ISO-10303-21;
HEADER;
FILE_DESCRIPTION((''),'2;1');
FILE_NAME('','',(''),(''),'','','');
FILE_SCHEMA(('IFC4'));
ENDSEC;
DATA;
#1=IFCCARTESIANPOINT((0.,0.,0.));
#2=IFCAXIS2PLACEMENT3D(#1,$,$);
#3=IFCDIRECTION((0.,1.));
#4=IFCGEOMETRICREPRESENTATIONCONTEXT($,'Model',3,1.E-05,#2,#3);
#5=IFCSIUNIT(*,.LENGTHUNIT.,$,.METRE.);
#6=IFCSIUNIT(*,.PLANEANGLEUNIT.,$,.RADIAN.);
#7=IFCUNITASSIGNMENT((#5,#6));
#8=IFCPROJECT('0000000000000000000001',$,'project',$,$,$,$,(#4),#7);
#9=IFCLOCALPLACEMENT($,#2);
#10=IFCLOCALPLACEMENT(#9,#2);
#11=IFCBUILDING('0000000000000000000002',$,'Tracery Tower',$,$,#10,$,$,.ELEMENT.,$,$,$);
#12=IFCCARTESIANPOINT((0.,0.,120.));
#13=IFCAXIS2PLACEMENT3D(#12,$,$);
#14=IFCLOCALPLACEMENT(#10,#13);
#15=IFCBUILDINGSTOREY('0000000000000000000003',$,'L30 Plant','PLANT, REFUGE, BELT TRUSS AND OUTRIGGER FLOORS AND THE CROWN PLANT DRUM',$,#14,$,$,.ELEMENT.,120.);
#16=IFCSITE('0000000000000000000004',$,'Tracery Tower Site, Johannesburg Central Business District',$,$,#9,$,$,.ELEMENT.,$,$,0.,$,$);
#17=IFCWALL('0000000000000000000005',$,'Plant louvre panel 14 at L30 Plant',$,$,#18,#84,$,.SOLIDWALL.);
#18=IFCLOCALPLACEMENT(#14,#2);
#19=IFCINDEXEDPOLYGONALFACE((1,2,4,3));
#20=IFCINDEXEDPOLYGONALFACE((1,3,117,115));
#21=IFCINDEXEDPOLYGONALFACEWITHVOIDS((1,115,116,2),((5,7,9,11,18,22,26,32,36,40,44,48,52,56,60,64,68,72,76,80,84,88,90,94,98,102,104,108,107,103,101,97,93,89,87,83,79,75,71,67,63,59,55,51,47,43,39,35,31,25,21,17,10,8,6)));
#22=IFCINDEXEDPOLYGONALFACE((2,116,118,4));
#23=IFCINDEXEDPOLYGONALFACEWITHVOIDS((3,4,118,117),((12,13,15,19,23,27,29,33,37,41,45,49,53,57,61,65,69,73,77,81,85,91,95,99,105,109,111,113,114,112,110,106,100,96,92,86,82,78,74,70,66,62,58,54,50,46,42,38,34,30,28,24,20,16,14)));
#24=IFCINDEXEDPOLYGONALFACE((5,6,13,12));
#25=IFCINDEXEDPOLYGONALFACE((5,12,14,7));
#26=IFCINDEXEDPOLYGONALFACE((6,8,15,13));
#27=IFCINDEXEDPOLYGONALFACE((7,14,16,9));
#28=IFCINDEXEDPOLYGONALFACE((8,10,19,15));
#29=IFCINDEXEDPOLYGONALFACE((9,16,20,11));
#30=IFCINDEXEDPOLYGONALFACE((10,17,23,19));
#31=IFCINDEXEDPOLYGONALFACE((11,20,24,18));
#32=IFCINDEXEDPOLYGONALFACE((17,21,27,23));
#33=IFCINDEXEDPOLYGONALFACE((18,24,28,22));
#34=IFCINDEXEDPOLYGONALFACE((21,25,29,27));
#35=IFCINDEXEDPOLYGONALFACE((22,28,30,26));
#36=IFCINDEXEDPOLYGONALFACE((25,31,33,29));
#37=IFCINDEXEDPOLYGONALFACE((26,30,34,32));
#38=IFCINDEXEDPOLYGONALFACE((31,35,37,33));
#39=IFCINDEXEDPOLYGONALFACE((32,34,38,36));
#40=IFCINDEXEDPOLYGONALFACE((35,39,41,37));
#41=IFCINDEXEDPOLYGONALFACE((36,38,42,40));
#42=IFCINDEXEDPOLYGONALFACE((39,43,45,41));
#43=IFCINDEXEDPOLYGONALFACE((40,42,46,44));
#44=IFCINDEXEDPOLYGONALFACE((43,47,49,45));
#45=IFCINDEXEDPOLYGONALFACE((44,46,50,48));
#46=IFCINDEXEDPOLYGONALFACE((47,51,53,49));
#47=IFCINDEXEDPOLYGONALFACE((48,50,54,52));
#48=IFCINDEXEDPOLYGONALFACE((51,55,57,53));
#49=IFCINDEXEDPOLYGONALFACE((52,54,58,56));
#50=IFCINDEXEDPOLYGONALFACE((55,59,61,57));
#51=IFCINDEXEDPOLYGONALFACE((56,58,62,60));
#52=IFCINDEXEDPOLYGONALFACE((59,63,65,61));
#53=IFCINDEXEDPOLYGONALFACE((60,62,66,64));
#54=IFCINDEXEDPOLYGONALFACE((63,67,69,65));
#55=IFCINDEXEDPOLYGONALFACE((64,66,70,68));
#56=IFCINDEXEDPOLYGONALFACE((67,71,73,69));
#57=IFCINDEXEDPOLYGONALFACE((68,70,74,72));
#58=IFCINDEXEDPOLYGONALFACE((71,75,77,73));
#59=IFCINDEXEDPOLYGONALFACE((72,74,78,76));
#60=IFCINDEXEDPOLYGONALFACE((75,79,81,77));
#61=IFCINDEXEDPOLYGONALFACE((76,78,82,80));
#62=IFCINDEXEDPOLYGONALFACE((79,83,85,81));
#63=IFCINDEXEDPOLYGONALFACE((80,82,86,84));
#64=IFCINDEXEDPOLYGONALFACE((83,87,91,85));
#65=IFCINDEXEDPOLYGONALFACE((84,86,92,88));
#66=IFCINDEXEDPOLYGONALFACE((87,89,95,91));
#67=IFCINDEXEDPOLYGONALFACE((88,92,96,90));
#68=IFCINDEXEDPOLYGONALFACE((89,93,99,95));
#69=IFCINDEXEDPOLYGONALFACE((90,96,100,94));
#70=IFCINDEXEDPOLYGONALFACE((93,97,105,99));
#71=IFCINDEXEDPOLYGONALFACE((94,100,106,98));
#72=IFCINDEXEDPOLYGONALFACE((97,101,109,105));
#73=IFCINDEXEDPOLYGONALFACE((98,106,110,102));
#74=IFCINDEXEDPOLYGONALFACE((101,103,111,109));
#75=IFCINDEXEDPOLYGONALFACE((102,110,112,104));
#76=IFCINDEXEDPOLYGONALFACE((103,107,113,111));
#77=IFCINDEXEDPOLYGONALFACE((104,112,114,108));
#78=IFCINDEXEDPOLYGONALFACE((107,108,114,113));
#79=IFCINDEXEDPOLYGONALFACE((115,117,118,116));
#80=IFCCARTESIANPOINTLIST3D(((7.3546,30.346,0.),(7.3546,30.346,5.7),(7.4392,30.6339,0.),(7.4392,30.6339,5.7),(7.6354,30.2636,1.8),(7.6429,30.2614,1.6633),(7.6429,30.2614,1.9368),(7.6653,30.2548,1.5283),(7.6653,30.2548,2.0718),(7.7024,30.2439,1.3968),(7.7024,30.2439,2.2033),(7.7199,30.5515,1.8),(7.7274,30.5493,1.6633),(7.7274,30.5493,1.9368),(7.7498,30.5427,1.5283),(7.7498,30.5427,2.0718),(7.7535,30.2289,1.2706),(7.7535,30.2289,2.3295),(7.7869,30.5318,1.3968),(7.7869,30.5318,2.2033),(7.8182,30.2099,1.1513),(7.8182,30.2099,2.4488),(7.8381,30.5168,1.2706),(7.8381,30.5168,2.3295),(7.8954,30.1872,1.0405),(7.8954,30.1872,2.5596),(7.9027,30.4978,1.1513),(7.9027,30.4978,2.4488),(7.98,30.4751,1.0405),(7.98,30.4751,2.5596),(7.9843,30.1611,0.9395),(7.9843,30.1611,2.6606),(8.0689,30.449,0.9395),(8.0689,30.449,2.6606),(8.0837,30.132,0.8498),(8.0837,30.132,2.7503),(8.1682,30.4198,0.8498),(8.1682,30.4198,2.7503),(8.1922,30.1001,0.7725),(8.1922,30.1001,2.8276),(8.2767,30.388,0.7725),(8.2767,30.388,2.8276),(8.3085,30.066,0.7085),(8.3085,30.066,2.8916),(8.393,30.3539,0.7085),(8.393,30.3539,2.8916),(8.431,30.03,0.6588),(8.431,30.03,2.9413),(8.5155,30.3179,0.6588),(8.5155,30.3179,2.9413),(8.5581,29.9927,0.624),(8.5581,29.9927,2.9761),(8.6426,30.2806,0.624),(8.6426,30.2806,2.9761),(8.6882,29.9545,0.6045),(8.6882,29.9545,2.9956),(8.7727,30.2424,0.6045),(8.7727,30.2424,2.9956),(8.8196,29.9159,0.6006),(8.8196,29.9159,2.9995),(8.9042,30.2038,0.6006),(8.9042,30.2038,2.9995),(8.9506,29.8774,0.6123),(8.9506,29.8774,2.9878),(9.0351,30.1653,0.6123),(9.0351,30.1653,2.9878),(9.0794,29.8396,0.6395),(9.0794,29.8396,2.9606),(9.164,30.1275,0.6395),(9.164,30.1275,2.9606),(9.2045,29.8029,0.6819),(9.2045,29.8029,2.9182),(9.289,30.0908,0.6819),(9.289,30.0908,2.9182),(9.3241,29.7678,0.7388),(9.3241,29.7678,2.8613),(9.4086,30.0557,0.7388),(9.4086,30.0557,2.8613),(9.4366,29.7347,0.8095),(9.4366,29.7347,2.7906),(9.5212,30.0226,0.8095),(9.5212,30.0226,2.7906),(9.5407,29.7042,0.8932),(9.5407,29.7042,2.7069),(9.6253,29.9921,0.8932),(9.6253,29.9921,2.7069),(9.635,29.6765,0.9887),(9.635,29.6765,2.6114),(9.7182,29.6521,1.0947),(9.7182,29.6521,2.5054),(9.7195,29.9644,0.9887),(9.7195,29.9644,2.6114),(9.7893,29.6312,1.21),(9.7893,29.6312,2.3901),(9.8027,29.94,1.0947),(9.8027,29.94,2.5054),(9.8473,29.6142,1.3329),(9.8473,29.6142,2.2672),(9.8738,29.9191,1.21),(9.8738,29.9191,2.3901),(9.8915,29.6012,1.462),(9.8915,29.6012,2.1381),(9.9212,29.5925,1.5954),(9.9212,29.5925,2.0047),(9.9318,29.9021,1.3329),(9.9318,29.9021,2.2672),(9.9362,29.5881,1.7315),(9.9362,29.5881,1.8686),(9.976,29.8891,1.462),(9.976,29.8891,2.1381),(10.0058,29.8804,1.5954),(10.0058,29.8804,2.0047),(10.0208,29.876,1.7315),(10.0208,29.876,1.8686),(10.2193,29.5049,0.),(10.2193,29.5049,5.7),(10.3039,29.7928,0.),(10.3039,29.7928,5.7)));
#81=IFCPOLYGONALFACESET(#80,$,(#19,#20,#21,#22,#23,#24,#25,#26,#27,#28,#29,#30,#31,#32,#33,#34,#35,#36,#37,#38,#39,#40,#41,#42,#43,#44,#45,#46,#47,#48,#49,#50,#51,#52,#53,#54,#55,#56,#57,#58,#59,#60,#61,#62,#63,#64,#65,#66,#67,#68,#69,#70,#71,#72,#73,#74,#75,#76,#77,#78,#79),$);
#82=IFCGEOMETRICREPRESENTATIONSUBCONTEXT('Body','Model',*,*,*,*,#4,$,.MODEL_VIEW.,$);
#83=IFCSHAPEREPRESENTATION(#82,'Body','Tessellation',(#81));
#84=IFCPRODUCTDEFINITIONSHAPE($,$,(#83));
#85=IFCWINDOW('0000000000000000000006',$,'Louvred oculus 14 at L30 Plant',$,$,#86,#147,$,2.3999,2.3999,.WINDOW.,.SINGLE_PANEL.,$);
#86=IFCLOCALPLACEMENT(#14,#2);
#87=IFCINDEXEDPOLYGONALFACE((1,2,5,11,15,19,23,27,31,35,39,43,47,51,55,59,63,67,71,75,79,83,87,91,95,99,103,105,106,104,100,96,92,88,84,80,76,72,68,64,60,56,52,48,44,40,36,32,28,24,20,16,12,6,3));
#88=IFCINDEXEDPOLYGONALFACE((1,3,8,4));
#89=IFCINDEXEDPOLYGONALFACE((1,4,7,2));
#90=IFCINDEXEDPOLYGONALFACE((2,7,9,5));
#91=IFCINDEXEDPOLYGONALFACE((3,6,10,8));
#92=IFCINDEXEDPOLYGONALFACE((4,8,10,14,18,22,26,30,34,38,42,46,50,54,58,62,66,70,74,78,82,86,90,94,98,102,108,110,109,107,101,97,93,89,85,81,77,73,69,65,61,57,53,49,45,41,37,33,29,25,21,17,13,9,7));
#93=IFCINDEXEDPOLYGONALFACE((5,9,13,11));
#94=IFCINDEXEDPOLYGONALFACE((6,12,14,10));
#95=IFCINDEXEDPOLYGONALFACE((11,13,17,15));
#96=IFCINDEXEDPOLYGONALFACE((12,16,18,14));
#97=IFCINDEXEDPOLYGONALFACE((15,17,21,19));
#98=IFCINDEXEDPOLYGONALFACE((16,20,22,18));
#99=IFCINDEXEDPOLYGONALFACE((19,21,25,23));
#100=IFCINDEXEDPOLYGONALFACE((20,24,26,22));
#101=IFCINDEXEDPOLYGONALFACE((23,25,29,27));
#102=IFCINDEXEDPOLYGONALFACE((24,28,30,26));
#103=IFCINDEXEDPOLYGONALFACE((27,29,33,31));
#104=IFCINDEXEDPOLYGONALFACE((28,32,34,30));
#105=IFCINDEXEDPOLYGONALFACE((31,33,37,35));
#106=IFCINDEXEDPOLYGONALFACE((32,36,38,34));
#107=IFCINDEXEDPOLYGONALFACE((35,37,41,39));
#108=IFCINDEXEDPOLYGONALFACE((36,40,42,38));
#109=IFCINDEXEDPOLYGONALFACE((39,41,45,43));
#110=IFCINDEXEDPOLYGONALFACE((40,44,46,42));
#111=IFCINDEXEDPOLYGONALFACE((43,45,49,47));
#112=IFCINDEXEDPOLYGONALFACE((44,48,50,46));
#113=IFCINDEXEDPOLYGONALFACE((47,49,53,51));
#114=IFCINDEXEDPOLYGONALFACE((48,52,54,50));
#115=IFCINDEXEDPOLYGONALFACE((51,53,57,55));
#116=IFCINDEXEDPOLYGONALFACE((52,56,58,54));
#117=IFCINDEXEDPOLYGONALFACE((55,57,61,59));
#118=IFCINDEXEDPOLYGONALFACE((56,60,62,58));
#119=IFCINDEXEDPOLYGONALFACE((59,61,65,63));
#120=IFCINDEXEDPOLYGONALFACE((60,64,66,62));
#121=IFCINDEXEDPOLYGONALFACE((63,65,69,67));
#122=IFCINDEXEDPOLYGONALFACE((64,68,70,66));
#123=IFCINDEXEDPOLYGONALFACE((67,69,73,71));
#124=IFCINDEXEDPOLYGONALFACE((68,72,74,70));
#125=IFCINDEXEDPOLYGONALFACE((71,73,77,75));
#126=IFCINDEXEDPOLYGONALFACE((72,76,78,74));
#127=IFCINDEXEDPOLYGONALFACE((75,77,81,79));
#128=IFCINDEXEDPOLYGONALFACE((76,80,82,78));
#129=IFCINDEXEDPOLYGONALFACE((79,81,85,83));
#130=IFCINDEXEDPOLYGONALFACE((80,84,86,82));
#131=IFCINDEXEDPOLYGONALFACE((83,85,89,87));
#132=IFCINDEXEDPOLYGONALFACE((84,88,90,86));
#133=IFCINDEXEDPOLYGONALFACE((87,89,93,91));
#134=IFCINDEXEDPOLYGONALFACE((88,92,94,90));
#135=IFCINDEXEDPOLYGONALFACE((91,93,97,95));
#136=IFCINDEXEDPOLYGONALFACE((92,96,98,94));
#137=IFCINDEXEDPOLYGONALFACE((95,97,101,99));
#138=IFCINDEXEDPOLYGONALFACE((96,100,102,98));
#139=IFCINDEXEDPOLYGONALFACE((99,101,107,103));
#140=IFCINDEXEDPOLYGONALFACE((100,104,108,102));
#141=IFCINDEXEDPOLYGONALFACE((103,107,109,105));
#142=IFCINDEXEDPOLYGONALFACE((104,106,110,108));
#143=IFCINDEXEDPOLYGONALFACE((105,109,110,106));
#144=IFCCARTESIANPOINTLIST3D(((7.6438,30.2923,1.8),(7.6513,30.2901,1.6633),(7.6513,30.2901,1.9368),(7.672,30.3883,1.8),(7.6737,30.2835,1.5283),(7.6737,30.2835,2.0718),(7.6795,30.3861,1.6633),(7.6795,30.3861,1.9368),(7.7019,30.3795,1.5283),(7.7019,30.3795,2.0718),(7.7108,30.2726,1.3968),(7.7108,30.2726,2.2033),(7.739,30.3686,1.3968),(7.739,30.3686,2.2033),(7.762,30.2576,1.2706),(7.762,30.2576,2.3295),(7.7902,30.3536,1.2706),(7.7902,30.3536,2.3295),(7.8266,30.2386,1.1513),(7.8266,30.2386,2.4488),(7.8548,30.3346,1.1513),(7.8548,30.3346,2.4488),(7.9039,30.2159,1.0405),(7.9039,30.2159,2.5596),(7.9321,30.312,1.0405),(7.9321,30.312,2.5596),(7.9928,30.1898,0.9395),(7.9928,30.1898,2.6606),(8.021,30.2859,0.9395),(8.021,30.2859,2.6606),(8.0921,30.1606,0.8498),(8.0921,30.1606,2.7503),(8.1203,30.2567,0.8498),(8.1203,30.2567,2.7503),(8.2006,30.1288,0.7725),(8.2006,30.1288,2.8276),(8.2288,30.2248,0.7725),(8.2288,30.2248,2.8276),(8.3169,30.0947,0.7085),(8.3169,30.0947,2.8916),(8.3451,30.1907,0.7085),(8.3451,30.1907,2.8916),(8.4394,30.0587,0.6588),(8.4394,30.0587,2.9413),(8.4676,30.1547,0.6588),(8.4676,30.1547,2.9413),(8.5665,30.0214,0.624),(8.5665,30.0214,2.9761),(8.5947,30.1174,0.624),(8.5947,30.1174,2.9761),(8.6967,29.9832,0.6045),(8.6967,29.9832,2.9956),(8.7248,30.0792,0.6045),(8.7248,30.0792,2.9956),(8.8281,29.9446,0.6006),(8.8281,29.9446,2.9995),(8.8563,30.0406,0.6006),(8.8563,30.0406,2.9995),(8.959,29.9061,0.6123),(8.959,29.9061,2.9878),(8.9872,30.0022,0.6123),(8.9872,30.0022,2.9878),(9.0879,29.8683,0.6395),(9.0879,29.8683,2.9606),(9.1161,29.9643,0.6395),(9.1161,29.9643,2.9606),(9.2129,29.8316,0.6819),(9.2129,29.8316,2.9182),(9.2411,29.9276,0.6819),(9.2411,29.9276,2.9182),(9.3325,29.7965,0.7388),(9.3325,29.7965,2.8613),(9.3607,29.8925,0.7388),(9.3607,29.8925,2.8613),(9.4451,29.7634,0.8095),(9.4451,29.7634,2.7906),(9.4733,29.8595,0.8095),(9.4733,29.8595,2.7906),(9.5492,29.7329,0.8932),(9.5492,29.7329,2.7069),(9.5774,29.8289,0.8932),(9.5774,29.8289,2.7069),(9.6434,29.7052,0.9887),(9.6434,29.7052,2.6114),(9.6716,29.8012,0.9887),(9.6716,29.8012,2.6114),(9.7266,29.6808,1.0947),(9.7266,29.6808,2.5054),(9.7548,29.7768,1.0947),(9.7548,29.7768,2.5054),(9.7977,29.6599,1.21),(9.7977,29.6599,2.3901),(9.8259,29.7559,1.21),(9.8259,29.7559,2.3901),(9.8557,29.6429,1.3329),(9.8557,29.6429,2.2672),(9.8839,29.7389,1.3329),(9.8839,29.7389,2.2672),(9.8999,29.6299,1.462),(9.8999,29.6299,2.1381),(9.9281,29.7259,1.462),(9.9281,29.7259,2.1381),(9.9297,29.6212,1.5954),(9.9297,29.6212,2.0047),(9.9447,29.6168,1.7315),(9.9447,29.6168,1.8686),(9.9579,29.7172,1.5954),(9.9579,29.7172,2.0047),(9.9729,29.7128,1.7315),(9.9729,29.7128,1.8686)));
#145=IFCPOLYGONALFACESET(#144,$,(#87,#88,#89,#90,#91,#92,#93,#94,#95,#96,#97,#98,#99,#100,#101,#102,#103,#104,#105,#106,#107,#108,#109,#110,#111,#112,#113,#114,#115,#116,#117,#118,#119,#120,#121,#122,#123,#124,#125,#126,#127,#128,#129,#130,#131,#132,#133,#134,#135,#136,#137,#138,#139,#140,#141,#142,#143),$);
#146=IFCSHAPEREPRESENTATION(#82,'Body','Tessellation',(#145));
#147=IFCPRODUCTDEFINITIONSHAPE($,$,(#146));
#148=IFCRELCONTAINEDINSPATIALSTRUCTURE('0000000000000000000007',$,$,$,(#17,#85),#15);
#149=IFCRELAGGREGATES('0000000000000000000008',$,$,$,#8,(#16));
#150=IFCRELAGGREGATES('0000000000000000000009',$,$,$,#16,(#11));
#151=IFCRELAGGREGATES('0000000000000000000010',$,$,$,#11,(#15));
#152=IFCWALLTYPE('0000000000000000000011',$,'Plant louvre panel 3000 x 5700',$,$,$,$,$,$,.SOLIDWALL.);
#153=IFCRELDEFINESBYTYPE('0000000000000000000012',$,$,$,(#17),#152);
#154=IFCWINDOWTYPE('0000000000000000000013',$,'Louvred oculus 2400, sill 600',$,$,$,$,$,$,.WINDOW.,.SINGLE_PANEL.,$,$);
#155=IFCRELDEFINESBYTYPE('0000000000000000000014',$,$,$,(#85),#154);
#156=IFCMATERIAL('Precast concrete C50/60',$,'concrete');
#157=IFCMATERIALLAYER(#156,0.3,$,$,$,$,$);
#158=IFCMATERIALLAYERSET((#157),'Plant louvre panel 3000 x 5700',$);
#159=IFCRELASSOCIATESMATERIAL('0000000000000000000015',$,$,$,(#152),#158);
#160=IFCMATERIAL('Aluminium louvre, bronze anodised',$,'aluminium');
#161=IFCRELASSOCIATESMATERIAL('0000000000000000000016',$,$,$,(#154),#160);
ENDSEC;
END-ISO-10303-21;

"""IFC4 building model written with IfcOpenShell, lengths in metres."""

from ifc_helpers import new_model, si_unit, direction, frame, frame_2d, origin, origin_2d, place, context, subcontext, project, spatial, rectangle, circle, extrude, material, layer, layer_set, type_object, element, fill, save


model = new_model("IFC4")

# Units and contexts
model_context = context("Model", 3, precision=1e-05, world=origin(), true_north=direction((0.0, 1.0)))
body_context = subcontext(model_context, "Body", "Model", "MODEL_VIEW")
ifc_project = project(units=[si_unit("LENGTHUNIT", "METRE"), si_unit("PLANEANGLEUNIT", "RADIAN")], contexts=[model_context])

# Site, building, storey
site_placement = place(None, origin())
site = spatial("IfcSite", under=ifc_project, at=site_placement, Name="Tracery Tower Site, Johannesburg Central Business District", CompositionType="ELEMENT", RefElevation=0.0)
building_placement = place(site_placement, origin())
building = spatial("IfcBuilding", under=site, at=building_placement, Name="Tracery Tower", CompositionType="ELEMENT")
storey_placement = place(building_placement, frame((0.0, 0.0, 120.0)))
storey = spatial("IfcBuildingStorey", under=building, at=storey_placement, Name="L30 Plant", Description="PLANT, REFUGE, BELT TRUSS AND OUTRIGGER FLOORS AND THE CROWN PLANT DRUM", CompositionType="ELEMENT", Elevation=120.0)

# Wall, opening, window
ifc_material_1 = material(Name="Precast concrete C50/60", Category="concrete")
ifc_layer_1 = layer(ifc_material_1, 0.3)
ifc_layer_set_1 = layer_set([ifc_layer_1], Name="Plant louvre panel 3000 x 5700")
wall_type_1 = type_object("IfcWallType", Name="Plant louvre panel 3000 x 5700", PredefinedType="SOLIDWALL", material=ifc_layer_set_1)
wall_1_placement = place(storey_placement, frame((10.2615, 29.6489, 0.0), z_axis=(0.0, 0.0, 1.0), x_axis=(-0.959502, 0.281701, 0.0)))
wall_1 = element("IfcWall", 1, at=wall_1_placement, inside=storey, type_object=wall_type_1, Name="Plant louvre panel 14 at L30 Plant", PredefinedType="SOLIDWALL", context=body_context, shape_type="SweptSolid", body=[
    extrude(rectangle(XDim=2.9856, YDim=0.3, at=frame_2d((1.4927, 0.0))), origin(), (0.0, 0.0, 1.0), 5.7),
])
opening_1_placement = place(wall_1_placement, frame((1.4929, 0.0, 1.8)))
opening_1 = element("IfcOpeningElement", 2, at=opening_1_placement, cuts=wall_1, PredefinedType="OPENING", context=body_context, shape_type="SweptSolid", body=[
    extrude(circle(Radius=1.2, at=origin_2d()), frame((0.0, 0.1599, 0.0), z_axis=(0.0, -1.0, 0.0), x_axis=(1.0, 0.0, 0.0)), (0.0, 0.0, 1.0), 0.3201),
])
ifc_material_2 = material(Name="Aluminium louvre, bronze anodised", Category="aluminium")
window_type = type_object("IfcWindowType", Name="Louvred oculus 2400, sill 600", PartitioningType="SINGLE_PANEL", PredefinedType="WINDOW", material=ifc_material_2)
window_1_placement = place(opening_1_placement, origin())
window_1 = element("IfcWindow", 3, at=window_1_placement, inside=storey, type_object=window_type, Name="Louvred oculus 14 at L30 Plant", OverallHeight=2.3999, OverallWidth=2.3999, PartitioningType="SINGLE_PANEL", PredefinedType="WINDOW", context=body_context, shape_type="SweptSolid", body=[
    extrude(circle(Radius=1.2, at=origin_2d()), frame((0.0, 0.1201, 0.0), z_axis=(0.0, -1.0, 0.0), x_axis=(1.0, 0.0, 0.0)), (0.0, 0.0, 1.0), 0.1001),
])
fill(opening_1, window_1)

save(model, "model.ifc")
